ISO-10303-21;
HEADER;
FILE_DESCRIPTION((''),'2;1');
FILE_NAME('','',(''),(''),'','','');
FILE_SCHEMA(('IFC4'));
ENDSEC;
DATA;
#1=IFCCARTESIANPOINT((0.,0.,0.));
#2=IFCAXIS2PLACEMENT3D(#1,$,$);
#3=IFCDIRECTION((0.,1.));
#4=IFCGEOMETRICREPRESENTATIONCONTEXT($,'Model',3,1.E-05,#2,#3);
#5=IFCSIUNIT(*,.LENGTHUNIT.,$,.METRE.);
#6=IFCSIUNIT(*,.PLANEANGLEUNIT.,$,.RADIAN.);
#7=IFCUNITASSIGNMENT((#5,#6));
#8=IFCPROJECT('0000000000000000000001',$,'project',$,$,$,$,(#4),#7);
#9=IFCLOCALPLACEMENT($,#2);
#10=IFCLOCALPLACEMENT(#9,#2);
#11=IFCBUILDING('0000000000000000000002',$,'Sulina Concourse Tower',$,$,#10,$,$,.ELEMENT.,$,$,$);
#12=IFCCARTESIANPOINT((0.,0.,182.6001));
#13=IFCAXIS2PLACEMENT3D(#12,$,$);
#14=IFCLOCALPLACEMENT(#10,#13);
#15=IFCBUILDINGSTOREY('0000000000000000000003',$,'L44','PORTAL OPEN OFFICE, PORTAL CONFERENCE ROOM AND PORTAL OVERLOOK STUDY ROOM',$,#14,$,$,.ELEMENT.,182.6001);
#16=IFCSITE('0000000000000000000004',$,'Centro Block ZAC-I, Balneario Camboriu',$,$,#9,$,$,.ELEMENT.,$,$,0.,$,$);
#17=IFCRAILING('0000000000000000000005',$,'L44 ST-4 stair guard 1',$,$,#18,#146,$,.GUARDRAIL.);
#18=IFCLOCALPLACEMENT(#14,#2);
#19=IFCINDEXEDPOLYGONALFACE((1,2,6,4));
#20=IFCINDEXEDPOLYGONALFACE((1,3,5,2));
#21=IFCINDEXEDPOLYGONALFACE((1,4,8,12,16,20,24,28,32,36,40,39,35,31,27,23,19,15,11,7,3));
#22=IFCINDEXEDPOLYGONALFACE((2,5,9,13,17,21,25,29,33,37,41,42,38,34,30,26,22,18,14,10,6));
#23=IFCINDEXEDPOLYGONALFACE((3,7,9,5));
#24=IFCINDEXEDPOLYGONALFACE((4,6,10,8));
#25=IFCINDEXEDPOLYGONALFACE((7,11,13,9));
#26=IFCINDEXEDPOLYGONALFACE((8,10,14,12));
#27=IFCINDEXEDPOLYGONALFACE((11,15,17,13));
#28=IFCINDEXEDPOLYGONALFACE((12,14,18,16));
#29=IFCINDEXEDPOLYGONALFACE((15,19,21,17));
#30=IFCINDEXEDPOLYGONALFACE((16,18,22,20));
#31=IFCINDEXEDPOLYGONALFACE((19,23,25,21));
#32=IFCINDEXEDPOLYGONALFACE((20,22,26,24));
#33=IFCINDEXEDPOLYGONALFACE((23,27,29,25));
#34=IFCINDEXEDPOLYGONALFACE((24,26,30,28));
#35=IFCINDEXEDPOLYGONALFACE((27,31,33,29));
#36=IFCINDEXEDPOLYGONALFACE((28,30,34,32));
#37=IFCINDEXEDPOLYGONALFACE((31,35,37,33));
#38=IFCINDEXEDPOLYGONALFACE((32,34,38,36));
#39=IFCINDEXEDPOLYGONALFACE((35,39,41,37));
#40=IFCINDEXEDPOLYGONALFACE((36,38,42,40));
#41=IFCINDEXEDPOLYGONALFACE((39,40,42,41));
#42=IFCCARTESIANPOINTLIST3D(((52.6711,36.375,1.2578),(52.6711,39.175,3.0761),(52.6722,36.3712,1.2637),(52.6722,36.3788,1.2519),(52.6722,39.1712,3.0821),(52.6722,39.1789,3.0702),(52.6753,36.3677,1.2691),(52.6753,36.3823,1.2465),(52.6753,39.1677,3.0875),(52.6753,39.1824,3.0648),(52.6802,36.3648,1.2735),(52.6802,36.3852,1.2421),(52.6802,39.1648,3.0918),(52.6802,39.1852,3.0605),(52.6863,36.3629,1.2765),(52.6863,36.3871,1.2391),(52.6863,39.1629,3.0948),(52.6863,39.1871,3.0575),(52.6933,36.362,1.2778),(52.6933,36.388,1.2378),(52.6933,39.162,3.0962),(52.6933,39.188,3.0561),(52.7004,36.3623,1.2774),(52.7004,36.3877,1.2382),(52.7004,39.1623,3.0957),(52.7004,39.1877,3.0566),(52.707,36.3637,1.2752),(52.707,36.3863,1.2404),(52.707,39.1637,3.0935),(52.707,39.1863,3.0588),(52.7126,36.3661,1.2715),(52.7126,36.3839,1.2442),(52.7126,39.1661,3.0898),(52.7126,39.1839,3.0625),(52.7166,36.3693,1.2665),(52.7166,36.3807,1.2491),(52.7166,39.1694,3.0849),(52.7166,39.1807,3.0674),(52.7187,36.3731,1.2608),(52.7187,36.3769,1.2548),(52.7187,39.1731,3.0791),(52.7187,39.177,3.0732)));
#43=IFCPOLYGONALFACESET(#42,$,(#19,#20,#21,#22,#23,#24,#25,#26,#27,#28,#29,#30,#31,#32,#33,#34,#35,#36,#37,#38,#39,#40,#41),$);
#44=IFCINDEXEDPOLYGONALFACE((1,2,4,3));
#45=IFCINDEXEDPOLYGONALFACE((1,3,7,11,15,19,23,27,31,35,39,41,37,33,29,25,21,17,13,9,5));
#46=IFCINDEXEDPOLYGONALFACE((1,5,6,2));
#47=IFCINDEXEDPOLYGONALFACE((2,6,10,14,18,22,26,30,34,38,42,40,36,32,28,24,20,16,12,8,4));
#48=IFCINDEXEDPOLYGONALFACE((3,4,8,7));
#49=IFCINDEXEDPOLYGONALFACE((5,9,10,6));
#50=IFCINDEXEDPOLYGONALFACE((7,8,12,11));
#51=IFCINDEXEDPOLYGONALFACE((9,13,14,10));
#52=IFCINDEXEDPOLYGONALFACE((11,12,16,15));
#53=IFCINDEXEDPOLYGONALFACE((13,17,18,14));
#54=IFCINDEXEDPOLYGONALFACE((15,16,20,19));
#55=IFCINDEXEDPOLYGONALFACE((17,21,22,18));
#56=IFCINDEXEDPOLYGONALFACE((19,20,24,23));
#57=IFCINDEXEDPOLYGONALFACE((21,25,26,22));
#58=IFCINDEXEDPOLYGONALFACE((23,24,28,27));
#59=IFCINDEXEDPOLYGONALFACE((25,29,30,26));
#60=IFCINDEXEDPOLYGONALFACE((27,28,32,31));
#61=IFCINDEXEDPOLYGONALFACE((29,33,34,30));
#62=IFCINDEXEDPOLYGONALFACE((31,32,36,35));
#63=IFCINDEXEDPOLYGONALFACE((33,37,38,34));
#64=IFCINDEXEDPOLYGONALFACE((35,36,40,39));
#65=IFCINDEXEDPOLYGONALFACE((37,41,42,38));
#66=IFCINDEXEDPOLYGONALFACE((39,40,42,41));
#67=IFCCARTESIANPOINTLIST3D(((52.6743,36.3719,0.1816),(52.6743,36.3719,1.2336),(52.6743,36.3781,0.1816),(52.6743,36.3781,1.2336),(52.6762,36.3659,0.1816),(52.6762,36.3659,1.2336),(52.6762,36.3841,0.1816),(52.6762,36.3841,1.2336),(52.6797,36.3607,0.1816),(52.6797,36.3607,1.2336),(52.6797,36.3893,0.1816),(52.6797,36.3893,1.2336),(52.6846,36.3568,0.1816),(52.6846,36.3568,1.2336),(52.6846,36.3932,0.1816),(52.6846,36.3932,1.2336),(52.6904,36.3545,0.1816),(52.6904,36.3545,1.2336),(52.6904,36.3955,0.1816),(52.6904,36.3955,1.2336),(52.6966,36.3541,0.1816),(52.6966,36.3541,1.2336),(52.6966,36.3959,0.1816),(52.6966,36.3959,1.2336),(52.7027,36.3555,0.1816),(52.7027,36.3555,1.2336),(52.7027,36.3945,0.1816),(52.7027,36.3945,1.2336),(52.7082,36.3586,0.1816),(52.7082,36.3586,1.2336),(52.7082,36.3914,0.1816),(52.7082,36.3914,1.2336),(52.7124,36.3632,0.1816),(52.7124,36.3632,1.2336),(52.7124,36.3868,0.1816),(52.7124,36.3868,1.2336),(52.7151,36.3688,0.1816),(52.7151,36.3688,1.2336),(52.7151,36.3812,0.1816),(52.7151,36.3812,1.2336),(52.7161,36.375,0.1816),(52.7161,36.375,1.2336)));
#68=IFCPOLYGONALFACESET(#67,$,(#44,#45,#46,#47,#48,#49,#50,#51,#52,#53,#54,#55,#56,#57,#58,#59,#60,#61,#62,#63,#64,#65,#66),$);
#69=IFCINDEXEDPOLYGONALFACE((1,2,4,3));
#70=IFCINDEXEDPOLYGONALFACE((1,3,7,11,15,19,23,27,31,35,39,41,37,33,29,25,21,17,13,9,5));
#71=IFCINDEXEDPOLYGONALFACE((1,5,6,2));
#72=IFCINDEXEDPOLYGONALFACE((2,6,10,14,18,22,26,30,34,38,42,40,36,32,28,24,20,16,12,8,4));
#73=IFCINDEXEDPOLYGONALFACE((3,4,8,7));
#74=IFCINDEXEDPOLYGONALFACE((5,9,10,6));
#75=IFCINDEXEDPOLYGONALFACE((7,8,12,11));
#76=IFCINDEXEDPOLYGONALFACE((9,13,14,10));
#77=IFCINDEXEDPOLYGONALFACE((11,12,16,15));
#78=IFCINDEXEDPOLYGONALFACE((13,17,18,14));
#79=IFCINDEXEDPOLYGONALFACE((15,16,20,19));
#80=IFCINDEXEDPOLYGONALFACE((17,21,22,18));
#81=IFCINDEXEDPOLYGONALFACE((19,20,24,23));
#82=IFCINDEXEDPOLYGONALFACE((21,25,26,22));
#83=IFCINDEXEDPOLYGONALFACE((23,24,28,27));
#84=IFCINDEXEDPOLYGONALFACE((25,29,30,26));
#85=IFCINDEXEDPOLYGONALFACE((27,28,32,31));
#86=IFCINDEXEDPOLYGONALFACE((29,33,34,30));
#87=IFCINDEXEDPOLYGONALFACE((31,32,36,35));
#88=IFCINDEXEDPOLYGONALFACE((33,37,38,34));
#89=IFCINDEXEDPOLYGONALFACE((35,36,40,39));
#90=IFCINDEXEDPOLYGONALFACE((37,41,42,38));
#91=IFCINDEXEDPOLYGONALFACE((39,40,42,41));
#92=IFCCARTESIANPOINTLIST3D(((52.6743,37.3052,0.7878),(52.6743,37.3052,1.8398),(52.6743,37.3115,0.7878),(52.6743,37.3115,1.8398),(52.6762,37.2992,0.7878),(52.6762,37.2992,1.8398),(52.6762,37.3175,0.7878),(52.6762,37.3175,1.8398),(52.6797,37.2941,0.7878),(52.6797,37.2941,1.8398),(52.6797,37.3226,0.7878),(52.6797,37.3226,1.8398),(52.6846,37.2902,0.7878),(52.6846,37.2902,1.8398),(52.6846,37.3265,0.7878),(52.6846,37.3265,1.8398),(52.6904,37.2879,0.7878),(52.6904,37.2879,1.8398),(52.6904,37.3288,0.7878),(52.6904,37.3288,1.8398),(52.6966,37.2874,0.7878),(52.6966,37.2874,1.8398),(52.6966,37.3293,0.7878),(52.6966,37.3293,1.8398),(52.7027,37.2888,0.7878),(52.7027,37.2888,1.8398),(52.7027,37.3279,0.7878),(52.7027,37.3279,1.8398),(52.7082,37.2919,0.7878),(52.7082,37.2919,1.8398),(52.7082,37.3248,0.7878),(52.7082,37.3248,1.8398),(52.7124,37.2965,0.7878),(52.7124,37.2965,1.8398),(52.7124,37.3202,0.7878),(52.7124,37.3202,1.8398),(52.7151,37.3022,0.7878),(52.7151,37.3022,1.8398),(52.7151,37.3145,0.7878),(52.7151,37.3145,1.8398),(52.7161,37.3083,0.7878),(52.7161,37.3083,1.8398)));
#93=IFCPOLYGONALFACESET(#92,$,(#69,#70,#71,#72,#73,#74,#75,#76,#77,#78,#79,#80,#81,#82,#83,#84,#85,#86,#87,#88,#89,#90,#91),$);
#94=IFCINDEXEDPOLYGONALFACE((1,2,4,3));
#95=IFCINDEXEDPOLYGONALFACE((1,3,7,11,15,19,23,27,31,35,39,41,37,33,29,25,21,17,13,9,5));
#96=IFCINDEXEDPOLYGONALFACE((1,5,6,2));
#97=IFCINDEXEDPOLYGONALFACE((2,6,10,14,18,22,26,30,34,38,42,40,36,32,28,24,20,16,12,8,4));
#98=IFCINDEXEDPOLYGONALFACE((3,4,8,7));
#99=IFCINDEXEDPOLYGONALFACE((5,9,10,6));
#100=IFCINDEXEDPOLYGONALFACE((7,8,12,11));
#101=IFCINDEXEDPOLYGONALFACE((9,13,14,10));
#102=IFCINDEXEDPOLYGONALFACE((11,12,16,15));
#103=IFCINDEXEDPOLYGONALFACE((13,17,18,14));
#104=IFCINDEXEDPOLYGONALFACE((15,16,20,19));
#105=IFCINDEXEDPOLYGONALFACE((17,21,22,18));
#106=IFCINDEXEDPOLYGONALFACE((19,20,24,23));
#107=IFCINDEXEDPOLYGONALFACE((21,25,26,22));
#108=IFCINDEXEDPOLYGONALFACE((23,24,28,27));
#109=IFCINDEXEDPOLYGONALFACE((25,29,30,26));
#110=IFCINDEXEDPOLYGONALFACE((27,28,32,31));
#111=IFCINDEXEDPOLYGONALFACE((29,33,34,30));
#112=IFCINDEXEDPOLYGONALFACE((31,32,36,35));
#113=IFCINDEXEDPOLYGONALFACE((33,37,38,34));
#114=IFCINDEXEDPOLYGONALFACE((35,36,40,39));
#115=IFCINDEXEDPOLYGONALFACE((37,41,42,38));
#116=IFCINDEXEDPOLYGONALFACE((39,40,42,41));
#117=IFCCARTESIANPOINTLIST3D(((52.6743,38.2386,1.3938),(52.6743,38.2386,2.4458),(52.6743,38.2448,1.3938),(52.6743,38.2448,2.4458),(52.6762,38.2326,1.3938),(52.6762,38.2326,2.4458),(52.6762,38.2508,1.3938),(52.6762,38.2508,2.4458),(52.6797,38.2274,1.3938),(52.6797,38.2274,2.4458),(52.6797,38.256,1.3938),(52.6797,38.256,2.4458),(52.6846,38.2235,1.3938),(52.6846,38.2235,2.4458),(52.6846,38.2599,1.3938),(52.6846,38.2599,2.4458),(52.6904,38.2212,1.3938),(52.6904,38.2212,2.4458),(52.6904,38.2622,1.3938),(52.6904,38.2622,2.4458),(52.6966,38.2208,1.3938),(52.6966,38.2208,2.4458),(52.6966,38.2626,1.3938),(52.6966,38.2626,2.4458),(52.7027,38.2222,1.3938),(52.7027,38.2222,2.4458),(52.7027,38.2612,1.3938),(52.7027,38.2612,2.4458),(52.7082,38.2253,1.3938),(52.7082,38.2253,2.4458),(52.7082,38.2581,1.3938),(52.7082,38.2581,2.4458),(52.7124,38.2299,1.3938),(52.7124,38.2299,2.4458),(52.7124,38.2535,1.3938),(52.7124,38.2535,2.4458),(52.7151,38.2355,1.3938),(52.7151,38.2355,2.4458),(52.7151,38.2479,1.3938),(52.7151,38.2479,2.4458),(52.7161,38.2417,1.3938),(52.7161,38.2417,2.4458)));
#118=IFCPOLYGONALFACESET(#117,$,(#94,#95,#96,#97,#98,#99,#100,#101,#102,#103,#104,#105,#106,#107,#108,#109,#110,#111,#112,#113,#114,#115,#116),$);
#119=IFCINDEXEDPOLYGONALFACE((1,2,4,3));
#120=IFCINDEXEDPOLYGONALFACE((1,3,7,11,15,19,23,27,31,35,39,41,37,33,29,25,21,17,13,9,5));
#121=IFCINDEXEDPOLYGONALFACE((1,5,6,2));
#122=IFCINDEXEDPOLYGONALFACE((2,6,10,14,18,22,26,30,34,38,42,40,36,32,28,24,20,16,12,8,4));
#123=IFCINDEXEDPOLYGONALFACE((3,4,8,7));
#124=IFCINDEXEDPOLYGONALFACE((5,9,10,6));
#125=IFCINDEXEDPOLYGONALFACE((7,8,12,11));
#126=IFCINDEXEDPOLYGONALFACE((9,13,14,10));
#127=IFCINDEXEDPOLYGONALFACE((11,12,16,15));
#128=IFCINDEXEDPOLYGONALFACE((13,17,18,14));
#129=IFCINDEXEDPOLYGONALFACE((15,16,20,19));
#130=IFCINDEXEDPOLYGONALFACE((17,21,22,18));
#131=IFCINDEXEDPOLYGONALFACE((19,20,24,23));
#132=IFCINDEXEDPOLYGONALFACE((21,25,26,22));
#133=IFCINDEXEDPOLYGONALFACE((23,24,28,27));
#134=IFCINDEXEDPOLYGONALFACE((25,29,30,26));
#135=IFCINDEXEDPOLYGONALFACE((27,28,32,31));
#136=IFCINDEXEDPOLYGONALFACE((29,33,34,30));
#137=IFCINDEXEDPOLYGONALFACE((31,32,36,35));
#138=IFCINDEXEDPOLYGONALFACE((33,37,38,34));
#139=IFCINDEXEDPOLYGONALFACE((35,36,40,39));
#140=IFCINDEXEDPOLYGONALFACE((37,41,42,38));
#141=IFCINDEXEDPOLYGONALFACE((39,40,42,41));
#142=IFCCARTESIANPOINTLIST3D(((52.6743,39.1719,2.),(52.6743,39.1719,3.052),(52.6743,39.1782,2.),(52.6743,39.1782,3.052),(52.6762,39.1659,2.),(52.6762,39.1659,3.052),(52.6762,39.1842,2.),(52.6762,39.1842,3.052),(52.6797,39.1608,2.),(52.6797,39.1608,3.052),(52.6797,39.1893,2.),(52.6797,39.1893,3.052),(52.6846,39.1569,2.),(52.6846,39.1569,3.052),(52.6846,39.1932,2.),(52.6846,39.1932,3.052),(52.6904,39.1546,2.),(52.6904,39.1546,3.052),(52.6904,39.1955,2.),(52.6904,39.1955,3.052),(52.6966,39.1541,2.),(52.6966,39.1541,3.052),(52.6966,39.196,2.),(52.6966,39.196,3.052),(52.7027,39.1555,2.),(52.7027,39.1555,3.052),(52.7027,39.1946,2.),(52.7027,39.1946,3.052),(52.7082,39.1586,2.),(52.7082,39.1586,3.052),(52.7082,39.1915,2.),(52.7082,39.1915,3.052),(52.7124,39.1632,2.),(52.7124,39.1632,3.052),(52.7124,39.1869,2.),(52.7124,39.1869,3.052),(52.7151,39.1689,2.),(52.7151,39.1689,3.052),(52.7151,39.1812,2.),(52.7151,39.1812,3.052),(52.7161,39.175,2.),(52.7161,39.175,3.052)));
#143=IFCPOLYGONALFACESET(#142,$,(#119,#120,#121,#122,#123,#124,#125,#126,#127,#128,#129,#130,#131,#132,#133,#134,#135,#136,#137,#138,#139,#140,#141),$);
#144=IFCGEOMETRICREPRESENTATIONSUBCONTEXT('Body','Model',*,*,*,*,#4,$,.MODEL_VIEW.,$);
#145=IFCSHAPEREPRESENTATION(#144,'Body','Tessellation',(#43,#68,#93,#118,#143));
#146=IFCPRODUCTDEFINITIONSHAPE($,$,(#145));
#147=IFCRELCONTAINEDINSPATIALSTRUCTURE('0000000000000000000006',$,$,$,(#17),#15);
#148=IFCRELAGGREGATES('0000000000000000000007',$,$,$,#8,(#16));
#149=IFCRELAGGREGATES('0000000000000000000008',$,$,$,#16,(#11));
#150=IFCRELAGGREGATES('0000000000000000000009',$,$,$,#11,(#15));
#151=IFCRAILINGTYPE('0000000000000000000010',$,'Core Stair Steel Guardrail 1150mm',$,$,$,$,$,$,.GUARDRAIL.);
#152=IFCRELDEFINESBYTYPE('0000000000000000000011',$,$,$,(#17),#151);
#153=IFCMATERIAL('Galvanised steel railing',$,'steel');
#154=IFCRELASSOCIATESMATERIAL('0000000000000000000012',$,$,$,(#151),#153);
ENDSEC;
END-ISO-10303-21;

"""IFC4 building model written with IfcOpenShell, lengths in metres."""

from ifc_helpers import new_model, si_unit, direction, frame, origin, origin_2d, place, context, subcontext, project, spatial, circle, extrude, material, type_object, element, save


model = new_model("IFC4")

# Units and contexts
model_context = context("Model", 3, precision=1e-05, world=origin(), true_north=direction((0.0, 1.0)))
body_context = subcontext(model_context, "Body", "Model", "MODEL_VIEW")
ifc_project = project(units=[si_unit("LENGTHUNIT", "METRE"), si_unit("PLANEANGLEUNIT", "RADIAN")], contexts=[model_context])

# Site, building, storey
site_placement = place(None, origin())
site = spatial("IfcSite", under=ifc_project, at=site_placement, Name="Centro Block ZAC-I, Balneario Camboriu", CompositionType="ELEMENT", RefElevation=0.0)
building_placement = place(site_placement, origin())
building = spatial("IfcBuilding", under=site, at=building_placement, Name="Sulina Concourse Tower", CompositionType="ELEMENT")
storey_placement = place(building_placement, frame((0.0, 0.0, 182.6001)))
storey = spatial("IfcBuildingStorey", under=building, at=storey_placement, Name="L44", Description="PORTAL OPEN OFFICE, PORTAL CONFERENCE ROOM AND PORTAL OVERLOOK STUDY ROOM", CompositionType="ELEMENT", Elevation=182.6001)

# Railing
ifc_material_1 = material(Name="Galvanised steel railing", Category="steel")
railing_type_1 = type_object("IfcRailingType", Name="Core Stair Steel Guardrail 1150mm", PredefinedType="GUARDRAIL", material=ifc_material_1)
railing_1_placement = place(storey_placement, frame((52.6951, 36.375, 0.1816)))
element("IfcRailing", 1, at=railing_1_placement, inside=storey, type_object=railing_type_1, Name="L44 ST-4 stair guard 1", PredefinedType="GUARDRAIL", context=body_context, shape_type="SweptSolid", body=[
    extrude(circle(Radius=0.0239, at=origin_2d()), frame((0.0, 0.0, 1.0762), z_axis=(0.0, 0.838672, 0.544636), x_axis=(-1.0, 0.0, 0.0)), (0.0, 0.0, 1.0), 3.3386),
    extrude(circle(Radius=0.021, at=origin_2d()), origin(), (0.0, 0.0, 1.0), 1.052),
    extrude(circle(Radius=0.021, at=origin_2d()), frame((0.0, 0.9333, 0.6062)), (0.0, 0.0, 1.0), 1.052),
    extrude(circle(Radius=0.021, at=origin_2d()), frame((0.0, 1.8667, 1.2122)), (0.0, 0.0, 1.0), 1.052),
    extrude(circle(Radius=0.021, at=origin_2d()), frame((0.0, 2.8, 1.8184)), (0.0, 0.0, 1.0), 1.052),
])

save(model, "model.ifc")
